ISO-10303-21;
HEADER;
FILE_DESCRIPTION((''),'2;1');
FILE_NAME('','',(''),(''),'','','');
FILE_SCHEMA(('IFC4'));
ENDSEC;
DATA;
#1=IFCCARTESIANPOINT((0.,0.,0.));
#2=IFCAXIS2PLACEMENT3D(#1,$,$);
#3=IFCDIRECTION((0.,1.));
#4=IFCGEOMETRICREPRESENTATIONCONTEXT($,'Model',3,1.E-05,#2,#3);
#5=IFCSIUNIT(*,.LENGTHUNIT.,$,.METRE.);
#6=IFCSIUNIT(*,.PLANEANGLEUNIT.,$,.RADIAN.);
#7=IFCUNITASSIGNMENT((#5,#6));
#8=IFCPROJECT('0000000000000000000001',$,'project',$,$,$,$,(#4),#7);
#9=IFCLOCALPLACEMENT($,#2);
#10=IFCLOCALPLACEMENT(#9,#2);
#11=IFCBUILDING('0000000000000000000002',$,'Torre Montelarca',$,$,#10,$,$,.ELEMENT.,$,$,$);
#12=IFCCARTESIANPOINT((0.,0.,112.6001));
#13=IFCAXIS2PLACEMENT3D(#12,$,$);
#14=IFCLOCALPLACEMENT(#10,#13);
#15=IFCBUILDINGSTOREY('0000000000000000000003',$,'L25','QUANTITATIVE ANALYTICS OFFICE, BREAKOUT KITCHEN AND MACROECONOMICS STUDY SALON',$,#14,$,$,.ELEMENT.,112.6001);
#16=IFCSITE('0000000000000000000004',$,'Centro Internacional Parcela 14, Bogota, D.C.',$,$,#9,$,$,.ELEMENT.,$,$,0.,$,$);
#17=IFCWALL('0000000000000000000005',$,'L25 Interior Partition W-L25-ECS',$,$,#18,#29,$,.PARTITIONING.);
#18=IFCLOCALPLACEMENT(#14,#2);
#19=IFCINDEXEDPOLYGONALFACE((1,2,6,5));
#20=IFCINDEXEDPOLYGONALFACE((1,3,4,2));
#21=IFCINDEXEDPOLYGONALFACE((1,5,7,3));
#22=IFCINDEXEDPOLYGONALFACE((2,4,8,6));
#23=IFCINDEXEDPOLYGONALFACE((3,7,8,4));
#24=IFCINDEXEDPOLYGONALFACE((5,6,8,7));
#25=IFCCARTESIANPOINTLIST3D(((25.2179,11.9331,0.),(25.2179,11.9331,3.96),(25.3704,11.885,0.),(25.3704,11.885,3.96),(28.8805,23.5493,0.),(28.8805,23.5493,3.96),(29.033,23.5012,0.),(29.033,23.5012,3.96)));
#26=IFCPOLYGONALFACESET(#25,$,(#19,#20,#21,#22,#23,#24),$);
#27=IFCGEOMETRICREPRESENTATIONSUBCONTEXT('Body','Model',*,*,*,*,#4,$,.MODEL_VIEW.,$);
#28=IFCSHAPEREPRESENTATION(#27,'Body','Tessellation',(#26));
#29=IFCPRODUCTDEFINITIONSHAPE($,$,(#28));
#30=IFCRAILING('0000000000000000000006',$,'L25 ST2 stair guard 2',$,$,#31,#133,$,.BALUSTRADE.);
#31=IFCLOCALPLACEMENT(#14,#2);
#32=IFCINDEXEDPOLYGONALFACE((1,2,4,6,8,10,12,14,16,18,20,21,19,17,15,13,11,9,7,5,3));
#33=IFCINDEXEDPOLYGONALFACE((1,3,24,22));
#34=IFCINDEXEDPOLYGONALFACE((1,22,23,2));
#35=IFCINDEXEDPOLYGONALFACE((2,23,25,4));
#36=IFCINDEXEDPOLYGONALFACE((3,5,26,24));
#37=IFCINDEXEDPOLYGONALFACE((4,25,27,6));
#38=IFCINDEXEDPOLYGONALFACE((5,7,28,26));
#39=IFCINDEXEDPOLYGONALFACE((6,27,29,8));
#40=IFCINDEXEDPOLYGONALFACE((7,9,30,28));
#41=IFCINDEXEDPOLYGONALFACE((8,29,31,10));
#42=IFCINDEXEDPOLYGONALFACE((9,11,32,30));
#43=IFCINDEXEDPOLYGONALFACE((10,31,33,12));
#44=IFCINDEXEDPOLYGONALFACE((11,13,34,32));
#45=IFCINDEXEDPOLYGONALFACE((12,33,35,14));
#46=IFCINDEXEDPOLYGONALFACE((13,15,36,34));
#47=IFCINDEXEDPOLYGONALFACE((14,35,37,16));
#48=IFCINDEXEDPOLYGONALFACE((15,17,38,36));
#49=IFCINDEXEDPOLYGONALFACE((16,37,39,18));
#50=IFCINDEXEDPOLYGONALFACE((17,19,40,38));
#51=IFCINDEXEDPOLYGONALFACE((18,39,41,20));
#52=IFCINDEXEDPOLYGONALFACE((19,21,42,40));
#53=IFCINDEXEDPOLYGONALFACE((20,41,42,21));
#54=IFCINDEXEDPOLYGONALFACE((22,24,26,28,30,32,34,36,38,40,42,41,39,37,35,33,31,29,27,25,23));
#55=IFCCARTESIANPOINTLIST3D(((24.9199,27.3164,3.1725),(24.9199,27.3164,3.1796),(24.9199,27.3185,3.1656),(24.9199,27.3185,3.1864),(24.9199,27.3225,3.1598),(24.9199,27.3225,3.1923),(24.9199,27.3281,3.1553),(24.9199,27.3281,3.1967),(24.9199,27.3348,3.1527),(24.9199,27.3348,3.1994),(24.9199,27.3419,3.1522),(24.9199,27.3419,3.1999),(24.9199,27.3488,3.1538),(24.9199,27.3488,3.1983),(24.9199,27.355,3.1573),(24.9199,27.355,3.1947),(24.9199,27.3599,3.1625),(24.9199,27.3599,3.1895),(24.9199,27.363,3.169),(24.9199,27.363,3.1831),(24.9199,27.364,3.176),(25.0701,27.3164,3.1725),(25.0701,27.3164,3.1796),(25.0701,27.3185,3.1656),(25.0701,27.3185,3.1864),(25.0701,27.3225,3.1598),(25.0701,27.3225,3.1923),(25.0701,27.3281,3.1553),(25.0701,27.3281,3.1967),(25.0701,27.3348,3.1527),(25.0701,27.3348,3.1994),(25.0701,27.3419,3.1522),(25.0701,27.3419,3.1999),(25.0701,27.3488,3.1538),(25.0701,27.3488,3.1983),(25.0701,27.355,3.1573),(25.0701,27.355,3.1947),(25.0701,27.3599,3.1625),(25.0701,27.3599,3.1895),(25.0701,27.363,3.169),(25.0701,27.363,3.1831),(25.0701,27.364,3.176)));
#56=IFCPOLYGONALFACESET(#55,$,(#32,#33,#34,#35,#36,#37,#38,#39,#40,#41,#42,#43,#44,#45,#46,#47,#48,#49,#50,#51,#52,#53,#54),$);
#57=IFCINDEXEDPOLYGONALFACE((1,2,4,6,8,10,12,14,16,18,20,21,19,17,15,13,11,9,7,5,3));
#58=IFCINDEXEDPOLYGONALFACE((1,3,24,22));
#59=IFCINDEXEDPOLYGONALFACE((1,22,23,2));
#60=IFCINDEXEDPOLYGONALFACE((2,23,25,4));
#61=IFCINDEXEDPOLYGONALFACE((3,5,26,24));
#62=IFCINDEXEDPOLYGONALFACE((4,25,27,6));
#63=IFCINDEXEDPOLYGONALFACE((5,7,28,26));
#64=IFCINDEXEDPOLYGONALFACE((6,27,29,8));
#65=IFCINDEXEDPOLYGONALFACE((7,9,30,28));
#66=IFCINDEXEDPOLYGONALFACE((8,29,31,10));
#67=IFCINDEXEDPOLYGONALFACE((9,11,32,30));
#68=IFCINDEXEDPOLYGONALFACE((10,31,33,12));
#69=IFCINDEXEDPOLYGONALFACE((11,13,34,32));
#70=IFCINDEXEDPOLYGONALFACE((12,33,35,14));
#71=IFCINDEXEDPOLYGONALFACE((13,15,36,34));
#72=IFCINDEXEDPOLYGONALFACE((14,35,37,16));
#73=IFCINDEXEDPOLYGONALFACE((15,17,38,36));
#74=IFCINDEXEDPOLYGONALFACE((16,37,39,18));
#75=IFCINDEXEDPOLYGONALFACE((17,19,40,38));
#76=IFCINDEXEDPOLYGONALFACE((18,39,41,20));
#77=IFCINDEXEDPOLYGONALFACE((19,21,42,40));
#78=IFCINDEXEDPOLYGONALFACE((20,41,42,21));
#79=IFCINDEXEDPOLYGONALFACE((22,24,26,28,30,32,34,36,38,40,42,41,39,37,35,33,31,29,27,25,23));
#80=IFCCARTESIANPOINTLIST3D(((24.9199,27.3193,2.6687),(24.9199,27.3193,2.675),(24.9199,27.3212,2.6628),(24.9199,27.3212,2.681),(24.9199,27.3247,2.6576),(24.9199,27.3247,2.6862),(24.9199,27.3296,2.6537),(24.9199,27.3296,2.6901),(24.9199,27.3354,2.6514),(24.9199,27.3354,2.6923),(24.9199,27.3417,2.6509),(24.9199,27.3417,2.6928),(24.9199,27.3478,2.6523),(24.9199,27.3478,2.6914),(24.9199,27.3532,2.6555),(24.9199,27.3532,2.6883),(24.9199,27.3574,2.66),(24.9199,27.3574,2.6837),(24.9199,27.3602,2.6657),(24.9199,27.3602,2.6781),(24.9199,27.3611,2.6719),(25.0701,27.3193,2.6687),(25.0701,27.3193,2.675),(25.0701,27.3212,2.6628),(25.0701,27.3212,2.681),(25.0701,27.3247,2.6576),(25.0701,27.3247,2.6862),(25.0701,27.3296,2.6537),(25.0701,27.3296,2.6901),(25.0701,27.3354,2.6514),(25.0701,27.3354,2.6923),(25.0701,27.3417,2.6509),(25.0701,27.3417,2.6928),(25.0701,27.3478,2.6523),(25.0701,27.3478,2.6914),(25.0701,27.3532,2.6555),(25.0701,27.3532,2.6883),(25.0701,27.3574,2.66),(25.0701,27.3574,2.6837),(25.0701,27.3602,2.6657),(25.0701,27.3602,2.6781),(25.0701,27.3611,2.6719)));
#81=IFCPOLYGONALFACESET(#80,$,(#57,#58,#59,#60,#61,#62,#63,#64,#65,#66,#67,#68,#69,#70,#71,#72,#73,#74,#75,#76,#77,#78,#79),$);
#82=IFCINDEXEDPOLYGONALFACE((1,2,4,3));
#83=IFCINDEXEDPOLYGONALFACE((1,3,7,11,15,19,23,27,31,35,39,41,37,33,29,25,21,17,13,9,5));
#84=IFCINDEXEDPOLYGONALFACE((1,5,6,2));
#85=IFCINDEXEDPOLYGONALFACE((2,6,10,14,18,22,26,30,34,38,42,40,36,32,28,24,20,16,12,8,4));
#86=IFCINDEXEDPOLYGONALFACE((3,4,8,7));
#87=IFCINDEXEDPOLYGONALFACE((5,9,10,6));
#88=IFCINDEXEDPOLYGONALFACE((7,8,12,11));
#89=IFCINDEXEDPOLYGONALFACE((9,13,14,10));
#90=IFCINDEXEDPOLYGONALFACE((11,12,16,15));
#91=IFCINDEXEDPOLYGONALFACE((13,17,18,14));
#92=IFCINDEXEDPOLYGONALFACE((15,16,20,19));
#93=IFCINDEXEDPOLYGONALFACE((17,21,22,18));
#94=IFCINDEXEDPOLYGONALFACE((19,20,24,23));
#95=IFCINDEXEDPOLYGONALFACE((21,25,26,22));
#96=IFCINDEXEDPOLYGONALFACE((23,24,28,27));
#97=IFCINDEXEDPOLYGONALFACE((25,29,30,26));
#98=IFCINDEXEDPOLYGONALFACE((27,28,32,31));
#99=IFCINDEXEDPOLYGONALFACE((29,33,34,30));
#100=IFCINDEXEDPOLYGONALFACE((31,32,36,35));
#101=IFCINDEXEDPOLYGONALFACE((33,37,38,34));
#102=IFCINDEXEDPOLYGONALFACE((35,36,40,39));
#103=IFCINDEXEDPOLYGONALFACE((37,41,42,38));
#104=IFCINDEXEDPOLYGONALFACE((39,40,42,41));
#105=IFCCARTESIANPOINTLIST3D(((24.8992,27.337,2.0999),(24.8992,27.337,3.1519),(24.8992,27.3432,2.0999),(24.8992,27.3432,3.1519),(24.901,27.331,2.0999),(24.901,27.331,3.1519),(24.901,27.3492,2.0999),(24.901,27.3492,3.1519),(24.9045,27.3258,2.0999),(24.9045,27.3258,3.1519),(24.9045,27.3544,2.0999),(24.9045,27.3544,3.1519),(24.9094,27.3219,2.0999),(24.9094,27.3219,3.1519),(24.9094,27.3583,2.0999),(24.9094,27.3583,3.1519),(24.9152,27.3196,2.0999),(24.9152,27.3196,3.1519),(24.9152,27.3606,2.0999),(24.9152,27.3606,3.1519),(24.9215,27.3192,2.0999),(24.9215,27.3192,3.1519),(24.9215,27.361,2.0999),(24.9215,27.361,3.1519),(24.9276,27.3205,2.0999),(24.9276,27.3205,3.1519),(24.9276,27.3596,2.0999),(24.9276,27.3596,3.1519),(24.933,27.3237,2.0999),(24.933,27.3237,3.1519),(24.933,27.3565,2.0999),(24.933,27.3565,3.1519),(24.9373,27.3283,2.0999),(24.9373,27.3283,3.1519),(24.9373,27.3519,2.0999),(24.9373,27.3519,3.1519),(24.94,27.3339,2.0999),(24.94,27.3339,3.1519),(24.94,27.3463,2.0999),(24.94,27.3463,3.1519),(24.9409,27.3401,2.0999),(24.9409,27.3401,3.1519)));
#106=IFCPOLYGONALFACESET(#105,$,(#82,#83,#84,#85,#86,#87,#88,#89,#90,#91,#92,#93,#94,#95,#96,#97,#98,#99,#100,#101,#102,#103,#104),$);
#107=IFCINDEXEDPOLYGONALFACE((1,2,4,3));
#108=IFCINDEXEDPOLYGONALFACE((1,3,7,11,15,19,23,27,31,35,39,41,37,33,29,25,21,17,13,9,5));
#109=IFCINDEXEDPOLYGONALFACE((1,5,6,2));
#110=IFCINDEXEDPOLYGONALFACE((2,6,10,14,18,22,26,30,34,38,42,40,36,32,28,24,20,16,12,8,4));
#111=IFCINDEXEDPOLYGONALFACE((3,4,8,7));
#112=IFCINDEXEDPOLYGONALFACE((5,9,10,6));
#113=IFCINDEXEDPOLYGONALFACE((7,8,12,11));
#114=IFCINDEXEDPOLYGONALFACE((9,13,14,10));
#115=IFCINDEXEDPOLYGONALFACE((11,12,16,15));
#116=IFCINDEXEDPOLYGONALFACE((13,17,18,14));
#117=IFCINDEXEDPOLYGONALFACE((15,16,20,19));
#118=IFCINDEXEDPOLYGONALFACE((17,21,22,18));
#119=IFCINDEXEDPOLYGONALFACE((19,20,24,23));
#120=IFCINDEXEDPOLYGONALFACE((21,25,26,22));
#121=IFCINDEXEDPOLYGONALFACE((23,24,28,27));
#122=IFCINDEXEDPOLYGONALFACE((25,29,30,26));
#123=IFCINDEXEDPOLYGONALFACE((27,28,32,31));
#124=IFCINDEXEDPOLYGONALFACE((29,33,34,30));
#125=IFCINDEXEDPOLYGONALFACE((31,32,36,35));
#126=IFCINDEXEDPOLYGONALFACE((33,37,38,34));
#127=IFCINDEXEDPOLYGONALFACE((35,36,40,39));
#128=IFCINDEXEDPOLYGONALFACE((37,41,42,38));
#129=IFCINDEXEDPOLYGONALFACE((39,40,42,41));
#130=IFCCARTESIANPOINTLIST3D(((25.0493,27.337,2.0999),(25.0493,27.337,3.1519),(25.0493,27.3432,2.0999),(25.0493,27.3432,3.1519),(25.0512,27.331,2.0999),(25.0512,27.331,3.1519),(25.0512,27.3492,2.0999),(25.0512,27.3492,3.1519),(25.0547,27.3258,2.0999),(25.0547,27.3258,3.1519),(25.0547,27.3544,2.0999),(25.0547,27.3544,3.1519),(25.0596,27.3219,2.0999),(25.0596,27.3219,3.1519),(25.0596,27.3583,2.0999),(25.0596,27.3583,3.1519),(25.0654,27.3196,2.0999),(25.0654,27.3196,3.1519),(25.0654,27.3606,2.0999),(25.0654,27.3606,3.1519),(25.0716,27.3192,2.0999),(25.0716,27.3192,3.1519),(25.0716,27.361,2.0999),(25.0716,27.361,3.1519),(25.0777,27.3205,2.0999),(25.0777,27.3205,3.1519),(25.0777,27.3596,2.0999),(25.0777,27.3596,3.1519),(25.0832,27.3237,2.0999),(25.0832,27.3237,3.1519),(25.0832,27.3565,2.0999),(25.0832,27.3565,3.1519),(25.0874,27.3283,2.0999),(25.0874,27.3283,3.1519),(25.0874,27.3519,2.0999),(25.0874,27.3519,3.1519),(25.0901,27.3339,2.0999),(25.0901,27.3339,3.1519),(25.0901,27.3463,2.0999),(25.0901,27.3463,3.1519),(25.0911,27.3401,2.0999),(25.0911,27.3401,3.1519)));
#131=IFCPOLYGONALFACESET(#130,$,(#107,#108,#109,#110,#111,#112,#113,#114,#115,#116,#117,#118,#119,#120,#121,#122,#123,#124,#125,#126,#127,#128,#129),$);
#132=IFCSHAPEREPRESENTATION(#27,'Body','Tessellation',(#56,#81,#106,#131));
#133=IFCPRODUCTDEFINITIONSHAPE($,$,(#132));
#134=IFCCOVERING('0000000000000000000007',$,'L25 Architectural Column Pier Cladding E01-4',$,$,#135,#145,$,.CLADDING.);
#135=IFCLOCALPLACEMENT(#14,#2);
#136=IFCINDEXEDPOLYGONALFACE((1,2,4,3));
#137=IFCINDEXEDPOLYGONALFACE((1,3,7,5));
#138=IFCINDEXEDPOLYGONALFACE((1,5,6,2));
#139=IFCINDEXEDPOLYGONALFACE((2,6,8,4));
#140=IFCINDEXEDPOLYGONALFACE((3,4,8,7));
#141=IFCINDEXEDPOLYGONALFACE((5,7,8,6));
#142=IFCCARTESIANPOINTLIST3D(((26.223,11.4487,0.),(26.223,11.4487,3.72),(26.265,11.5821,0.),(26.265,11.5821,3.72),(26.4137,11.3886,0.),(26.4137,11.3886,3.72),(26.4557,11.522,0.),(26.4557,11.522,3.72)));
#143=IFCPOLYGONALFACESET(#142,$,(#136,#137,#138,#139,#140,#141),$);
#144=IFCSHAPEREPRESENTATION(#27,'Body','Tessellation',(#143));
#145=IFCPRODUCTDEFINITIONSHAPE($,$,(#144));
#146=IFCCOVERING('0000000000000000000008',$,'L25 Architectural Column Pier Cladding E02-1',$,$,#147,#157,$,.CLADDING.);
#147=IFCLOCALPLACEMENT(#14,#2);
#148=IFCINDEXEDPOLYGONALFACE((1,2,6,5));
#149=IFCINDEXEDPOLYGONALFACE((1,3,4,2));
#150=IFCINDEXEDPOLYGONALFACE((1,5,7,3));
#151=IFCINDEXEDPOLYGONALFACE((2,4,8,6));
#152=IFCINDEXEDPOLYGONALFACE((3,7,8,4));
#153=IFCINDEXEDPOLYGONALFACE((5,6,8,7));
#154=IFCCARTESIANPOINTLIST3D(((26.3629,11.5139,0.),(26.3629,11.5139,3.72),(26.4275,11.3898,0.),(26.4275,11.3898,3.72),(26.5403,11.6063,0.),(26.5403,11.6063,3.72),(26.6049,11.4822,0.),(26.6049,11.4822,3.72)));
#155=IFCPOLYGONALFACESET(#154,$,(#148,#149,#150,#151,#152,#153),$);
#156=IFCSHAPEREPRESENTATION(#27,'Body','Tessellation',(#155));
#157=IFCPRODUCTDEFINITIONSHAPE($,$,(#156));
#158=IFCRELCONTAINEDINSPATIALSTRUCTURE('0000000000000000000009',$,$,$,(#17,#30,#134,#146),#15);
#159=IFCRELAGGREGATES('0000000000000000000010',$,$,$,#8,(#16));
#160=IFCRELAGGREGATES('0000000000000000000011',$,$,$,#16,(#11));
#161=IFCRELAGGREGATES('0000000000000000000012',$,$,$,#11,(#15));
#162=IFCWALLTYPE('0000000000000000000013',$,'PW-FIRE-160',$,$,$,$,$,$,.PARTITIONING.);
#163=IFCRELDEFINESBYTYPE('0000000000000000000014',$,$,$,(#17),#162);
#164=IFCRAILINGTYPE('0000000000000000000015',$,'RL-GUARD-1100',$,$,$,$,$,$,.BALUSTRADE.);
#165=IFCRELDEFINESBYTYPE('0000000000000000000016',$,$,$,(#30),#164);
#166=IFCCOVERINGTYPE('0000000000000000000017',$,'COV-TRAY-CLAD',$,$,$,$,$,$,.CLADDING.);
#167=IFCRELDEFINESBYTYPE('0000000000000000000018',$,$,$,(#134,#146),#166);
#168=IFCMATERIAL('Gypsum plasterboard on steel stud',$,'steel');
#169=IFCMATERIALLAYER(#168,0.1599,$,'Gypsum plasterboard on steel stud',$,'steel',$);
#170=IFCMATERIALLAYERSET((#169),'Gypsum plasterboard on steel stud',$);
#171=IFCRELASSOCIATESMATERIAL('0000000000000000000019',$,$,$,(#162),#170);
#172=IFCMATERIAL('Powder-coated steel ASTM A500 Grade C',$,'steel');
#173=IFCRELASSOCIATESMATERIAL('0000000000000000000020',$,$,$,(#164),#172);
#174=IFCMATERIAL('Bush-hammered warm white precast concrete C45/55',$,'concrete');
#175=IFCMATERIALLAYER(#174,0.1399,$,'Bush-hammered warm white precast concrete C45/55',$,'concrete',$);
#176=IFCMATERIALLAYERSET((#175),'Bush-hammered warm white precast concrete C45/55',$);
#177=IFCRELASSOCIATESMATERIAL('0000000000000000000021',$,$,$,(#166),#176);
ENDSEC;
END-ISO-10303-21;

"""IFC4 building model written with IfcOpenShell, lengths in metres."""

from ifc_helpers import new_model, si_unit, direction, frame, frame_2d, origin, origin_2d, place, context, subcontext, project, spatial, rectangle, circle, extrude, source, transform, mapped, material, layer, layer_set, type_object, element, save


model = new_model("IFC4")

# Units and contexts
model_context = context("Model", 3, precision=1e-05, world=origin(), true_north=direction((0.0, 1.0)))
body_context = subcontext(model_context, "Body", "Model", "MODEL_VIEW")
ifc_project = project(units=[si_unit("LENGTHUNIT", "METRE"), si_unit("PLANEANGLEUNIT", "RADIAN")], contexts=[model_context])

# Site, building, storey
site_placement = place(None, origin())
site = spatial("IfcSite", under=ifc_project, at=site_placement, Name="Centro Internacional Parcela 14, Bogota, D.C.", CompositionType="ELEMENT", RefElevation=0.0)
building_placement = place(site_placement, origin())
building = spatial("IfcBuilding", under=site, at=building_placement, Name="Torre Montelarca", CompositionType="ELEMENT")
storey_placement = place(building_placement, frame((0.0, 0.0, 112.6001)))
storey = spatial("IfcBuildingStorey", under=building, at=storey_placement, Name="L25", Description="QUANTITATIVE ANALYTICS OFFICE, BREAKOUT KITCHEN AND MACROECONOMICS STUDY SALON", CompositionType="ELEMENT", Elevation=112.6001)

# Wall
ifc_material_1 = material(Name="Gypsum plasterboard on steel stud", Category="steel")
ifc_layer_1 = layer(ifc_material_1, 0.1599, Name="Gypsum plasterboard on steel stud", Category="steel")
ifc_layer_set_1 = layer_set([ifc_layer_1], Name="Gypsum plasterboard on steel stud")
wall_type_1 = type_object("IfcWallType", Name="PW-FIRE-160", PredefinedType="PARTITIONING", material=ifc_layer_set_1)
wall_1_placement = place(storey_placement, frame((25.2942, 11.9092, 0.0), z_axis=(0.0, 0.0, 1.0), x_axis=(0.300707, 0.953716, 0.0)))
element("IfcWall", 1, at=wall_1_placement, inside=storey, type_object=wall_type_1, Name="L25 Interior Partition W-L25-ECS", PredefinedType="PARTITIONING", context=body_context, shape_type="SweptSolid", body=[
    extrude(rectangle(XDim=12.1799, YDim=0.1599, at=frame_2d((6.0898, 0.0))), origin(), (0.0, 0.0, 1.0), 3.96),
])

# Railing
ifc_material_2 = material(Name="Powder-coated steel ASTM A500 Grade C", Category="steel")
railing_type = type_object("IfcRailingType", Name="RL-GUARD-1100", PredefinedType="BALUSTRADE", material=ifc_material_2)
railing_placement = place(storey_placement, frame((24.9199, 27.3401, 2.0999)))
element("IfcRailing", 2, at=railing_placement, inside=storey, type_object=railing_type, Name="L25 ST2 stair guard 2", PredefinedType="BALUSTRADE", context=body_context, shape_type="SweptSolid", body=[
    extrude(circle(Radius=0.0239, at=origin_2d()), frame((0.0, 0.0, 1.0762), z_axis=(1.0, 0.0, 0.0), x_axis=(0.0, 1.0, 0.0)), (0.0, 0.0, 1.0), 0.1501),
    extrude(circle(Radius=0.021, at=origin_2d()), frame((0.0, 0.0, 0.572), z_axis=(1.0, 0.0, 0.0), x_axis=(0.0, 1.0, 0.0)), (0.0, 0.0, 1.0), 0.1501),
    extrude(circle(Radius=0.021, at=origin_2d()), origin(), (0.0, 0.0, 1.0), 1.052),
    extrude(circle(Radius=0.021, at=origin_2d()), frame((0.1501, 0.0, 0.0)), (0.0, 0.0, 1.0), 1.052),
])

# Coverings
ifc_material_3 = material(Name="Bush-hammered warm white precast concrete C45/55", Category="concrete")
ifc_layer_2 = layer(ifc_material_3, 0.1399, Name="Bush-hammered warm white precast concrete C45/55", Category="concrete")
ifc_layer_set_2 = layer_set([ifc_layer_2], Name="Bush-hammered warm white precast concrete C45/55")
covering_type = type_object("IfcCoveringType", Name="COV-TRAY-CLAD", PredefinedType="CLADDING", material=ifc_layer_set_2)
shared_shape_1 = source(origin(), body_context, "Body", "SweptSolid", [
    extrude(rectangle(XDim=0.2, YDim=0.1399, at=origin_2d()), origin(), (0.0, 0.0, 1.0), 3.72),
])
for number, where, z_axis, x_axis, name in (
    (3, (26.3394, 11.4854, 0.0), (0.0, 0.0, 1.0), (0.953717, -0.300704, 0.0), "L25 Architectural Column Pier Cladding E01-4"),
    (4, (26.4839, 11.498, 0.0), (0.0, 0.0, 1.0), (0.887012, 0.461747, 0.0), "L25 Architectural Column Pier Cladding E02-1"),
):
    element("IfcCovering", number, at=place(storey_placement, frame(where, z_axis=z_axis, x_axis=x_axis)), inside=storey, type_object=covering_type, Name=name, PredefinedType="CLADDING", context=body_context, shape_type="MappedRepresentation", body=[
        mapped(shared_shape_1, transform((0.0, 0.0, 0.0), scale=1.0)),
    ])

save(model, "model.ifc")
